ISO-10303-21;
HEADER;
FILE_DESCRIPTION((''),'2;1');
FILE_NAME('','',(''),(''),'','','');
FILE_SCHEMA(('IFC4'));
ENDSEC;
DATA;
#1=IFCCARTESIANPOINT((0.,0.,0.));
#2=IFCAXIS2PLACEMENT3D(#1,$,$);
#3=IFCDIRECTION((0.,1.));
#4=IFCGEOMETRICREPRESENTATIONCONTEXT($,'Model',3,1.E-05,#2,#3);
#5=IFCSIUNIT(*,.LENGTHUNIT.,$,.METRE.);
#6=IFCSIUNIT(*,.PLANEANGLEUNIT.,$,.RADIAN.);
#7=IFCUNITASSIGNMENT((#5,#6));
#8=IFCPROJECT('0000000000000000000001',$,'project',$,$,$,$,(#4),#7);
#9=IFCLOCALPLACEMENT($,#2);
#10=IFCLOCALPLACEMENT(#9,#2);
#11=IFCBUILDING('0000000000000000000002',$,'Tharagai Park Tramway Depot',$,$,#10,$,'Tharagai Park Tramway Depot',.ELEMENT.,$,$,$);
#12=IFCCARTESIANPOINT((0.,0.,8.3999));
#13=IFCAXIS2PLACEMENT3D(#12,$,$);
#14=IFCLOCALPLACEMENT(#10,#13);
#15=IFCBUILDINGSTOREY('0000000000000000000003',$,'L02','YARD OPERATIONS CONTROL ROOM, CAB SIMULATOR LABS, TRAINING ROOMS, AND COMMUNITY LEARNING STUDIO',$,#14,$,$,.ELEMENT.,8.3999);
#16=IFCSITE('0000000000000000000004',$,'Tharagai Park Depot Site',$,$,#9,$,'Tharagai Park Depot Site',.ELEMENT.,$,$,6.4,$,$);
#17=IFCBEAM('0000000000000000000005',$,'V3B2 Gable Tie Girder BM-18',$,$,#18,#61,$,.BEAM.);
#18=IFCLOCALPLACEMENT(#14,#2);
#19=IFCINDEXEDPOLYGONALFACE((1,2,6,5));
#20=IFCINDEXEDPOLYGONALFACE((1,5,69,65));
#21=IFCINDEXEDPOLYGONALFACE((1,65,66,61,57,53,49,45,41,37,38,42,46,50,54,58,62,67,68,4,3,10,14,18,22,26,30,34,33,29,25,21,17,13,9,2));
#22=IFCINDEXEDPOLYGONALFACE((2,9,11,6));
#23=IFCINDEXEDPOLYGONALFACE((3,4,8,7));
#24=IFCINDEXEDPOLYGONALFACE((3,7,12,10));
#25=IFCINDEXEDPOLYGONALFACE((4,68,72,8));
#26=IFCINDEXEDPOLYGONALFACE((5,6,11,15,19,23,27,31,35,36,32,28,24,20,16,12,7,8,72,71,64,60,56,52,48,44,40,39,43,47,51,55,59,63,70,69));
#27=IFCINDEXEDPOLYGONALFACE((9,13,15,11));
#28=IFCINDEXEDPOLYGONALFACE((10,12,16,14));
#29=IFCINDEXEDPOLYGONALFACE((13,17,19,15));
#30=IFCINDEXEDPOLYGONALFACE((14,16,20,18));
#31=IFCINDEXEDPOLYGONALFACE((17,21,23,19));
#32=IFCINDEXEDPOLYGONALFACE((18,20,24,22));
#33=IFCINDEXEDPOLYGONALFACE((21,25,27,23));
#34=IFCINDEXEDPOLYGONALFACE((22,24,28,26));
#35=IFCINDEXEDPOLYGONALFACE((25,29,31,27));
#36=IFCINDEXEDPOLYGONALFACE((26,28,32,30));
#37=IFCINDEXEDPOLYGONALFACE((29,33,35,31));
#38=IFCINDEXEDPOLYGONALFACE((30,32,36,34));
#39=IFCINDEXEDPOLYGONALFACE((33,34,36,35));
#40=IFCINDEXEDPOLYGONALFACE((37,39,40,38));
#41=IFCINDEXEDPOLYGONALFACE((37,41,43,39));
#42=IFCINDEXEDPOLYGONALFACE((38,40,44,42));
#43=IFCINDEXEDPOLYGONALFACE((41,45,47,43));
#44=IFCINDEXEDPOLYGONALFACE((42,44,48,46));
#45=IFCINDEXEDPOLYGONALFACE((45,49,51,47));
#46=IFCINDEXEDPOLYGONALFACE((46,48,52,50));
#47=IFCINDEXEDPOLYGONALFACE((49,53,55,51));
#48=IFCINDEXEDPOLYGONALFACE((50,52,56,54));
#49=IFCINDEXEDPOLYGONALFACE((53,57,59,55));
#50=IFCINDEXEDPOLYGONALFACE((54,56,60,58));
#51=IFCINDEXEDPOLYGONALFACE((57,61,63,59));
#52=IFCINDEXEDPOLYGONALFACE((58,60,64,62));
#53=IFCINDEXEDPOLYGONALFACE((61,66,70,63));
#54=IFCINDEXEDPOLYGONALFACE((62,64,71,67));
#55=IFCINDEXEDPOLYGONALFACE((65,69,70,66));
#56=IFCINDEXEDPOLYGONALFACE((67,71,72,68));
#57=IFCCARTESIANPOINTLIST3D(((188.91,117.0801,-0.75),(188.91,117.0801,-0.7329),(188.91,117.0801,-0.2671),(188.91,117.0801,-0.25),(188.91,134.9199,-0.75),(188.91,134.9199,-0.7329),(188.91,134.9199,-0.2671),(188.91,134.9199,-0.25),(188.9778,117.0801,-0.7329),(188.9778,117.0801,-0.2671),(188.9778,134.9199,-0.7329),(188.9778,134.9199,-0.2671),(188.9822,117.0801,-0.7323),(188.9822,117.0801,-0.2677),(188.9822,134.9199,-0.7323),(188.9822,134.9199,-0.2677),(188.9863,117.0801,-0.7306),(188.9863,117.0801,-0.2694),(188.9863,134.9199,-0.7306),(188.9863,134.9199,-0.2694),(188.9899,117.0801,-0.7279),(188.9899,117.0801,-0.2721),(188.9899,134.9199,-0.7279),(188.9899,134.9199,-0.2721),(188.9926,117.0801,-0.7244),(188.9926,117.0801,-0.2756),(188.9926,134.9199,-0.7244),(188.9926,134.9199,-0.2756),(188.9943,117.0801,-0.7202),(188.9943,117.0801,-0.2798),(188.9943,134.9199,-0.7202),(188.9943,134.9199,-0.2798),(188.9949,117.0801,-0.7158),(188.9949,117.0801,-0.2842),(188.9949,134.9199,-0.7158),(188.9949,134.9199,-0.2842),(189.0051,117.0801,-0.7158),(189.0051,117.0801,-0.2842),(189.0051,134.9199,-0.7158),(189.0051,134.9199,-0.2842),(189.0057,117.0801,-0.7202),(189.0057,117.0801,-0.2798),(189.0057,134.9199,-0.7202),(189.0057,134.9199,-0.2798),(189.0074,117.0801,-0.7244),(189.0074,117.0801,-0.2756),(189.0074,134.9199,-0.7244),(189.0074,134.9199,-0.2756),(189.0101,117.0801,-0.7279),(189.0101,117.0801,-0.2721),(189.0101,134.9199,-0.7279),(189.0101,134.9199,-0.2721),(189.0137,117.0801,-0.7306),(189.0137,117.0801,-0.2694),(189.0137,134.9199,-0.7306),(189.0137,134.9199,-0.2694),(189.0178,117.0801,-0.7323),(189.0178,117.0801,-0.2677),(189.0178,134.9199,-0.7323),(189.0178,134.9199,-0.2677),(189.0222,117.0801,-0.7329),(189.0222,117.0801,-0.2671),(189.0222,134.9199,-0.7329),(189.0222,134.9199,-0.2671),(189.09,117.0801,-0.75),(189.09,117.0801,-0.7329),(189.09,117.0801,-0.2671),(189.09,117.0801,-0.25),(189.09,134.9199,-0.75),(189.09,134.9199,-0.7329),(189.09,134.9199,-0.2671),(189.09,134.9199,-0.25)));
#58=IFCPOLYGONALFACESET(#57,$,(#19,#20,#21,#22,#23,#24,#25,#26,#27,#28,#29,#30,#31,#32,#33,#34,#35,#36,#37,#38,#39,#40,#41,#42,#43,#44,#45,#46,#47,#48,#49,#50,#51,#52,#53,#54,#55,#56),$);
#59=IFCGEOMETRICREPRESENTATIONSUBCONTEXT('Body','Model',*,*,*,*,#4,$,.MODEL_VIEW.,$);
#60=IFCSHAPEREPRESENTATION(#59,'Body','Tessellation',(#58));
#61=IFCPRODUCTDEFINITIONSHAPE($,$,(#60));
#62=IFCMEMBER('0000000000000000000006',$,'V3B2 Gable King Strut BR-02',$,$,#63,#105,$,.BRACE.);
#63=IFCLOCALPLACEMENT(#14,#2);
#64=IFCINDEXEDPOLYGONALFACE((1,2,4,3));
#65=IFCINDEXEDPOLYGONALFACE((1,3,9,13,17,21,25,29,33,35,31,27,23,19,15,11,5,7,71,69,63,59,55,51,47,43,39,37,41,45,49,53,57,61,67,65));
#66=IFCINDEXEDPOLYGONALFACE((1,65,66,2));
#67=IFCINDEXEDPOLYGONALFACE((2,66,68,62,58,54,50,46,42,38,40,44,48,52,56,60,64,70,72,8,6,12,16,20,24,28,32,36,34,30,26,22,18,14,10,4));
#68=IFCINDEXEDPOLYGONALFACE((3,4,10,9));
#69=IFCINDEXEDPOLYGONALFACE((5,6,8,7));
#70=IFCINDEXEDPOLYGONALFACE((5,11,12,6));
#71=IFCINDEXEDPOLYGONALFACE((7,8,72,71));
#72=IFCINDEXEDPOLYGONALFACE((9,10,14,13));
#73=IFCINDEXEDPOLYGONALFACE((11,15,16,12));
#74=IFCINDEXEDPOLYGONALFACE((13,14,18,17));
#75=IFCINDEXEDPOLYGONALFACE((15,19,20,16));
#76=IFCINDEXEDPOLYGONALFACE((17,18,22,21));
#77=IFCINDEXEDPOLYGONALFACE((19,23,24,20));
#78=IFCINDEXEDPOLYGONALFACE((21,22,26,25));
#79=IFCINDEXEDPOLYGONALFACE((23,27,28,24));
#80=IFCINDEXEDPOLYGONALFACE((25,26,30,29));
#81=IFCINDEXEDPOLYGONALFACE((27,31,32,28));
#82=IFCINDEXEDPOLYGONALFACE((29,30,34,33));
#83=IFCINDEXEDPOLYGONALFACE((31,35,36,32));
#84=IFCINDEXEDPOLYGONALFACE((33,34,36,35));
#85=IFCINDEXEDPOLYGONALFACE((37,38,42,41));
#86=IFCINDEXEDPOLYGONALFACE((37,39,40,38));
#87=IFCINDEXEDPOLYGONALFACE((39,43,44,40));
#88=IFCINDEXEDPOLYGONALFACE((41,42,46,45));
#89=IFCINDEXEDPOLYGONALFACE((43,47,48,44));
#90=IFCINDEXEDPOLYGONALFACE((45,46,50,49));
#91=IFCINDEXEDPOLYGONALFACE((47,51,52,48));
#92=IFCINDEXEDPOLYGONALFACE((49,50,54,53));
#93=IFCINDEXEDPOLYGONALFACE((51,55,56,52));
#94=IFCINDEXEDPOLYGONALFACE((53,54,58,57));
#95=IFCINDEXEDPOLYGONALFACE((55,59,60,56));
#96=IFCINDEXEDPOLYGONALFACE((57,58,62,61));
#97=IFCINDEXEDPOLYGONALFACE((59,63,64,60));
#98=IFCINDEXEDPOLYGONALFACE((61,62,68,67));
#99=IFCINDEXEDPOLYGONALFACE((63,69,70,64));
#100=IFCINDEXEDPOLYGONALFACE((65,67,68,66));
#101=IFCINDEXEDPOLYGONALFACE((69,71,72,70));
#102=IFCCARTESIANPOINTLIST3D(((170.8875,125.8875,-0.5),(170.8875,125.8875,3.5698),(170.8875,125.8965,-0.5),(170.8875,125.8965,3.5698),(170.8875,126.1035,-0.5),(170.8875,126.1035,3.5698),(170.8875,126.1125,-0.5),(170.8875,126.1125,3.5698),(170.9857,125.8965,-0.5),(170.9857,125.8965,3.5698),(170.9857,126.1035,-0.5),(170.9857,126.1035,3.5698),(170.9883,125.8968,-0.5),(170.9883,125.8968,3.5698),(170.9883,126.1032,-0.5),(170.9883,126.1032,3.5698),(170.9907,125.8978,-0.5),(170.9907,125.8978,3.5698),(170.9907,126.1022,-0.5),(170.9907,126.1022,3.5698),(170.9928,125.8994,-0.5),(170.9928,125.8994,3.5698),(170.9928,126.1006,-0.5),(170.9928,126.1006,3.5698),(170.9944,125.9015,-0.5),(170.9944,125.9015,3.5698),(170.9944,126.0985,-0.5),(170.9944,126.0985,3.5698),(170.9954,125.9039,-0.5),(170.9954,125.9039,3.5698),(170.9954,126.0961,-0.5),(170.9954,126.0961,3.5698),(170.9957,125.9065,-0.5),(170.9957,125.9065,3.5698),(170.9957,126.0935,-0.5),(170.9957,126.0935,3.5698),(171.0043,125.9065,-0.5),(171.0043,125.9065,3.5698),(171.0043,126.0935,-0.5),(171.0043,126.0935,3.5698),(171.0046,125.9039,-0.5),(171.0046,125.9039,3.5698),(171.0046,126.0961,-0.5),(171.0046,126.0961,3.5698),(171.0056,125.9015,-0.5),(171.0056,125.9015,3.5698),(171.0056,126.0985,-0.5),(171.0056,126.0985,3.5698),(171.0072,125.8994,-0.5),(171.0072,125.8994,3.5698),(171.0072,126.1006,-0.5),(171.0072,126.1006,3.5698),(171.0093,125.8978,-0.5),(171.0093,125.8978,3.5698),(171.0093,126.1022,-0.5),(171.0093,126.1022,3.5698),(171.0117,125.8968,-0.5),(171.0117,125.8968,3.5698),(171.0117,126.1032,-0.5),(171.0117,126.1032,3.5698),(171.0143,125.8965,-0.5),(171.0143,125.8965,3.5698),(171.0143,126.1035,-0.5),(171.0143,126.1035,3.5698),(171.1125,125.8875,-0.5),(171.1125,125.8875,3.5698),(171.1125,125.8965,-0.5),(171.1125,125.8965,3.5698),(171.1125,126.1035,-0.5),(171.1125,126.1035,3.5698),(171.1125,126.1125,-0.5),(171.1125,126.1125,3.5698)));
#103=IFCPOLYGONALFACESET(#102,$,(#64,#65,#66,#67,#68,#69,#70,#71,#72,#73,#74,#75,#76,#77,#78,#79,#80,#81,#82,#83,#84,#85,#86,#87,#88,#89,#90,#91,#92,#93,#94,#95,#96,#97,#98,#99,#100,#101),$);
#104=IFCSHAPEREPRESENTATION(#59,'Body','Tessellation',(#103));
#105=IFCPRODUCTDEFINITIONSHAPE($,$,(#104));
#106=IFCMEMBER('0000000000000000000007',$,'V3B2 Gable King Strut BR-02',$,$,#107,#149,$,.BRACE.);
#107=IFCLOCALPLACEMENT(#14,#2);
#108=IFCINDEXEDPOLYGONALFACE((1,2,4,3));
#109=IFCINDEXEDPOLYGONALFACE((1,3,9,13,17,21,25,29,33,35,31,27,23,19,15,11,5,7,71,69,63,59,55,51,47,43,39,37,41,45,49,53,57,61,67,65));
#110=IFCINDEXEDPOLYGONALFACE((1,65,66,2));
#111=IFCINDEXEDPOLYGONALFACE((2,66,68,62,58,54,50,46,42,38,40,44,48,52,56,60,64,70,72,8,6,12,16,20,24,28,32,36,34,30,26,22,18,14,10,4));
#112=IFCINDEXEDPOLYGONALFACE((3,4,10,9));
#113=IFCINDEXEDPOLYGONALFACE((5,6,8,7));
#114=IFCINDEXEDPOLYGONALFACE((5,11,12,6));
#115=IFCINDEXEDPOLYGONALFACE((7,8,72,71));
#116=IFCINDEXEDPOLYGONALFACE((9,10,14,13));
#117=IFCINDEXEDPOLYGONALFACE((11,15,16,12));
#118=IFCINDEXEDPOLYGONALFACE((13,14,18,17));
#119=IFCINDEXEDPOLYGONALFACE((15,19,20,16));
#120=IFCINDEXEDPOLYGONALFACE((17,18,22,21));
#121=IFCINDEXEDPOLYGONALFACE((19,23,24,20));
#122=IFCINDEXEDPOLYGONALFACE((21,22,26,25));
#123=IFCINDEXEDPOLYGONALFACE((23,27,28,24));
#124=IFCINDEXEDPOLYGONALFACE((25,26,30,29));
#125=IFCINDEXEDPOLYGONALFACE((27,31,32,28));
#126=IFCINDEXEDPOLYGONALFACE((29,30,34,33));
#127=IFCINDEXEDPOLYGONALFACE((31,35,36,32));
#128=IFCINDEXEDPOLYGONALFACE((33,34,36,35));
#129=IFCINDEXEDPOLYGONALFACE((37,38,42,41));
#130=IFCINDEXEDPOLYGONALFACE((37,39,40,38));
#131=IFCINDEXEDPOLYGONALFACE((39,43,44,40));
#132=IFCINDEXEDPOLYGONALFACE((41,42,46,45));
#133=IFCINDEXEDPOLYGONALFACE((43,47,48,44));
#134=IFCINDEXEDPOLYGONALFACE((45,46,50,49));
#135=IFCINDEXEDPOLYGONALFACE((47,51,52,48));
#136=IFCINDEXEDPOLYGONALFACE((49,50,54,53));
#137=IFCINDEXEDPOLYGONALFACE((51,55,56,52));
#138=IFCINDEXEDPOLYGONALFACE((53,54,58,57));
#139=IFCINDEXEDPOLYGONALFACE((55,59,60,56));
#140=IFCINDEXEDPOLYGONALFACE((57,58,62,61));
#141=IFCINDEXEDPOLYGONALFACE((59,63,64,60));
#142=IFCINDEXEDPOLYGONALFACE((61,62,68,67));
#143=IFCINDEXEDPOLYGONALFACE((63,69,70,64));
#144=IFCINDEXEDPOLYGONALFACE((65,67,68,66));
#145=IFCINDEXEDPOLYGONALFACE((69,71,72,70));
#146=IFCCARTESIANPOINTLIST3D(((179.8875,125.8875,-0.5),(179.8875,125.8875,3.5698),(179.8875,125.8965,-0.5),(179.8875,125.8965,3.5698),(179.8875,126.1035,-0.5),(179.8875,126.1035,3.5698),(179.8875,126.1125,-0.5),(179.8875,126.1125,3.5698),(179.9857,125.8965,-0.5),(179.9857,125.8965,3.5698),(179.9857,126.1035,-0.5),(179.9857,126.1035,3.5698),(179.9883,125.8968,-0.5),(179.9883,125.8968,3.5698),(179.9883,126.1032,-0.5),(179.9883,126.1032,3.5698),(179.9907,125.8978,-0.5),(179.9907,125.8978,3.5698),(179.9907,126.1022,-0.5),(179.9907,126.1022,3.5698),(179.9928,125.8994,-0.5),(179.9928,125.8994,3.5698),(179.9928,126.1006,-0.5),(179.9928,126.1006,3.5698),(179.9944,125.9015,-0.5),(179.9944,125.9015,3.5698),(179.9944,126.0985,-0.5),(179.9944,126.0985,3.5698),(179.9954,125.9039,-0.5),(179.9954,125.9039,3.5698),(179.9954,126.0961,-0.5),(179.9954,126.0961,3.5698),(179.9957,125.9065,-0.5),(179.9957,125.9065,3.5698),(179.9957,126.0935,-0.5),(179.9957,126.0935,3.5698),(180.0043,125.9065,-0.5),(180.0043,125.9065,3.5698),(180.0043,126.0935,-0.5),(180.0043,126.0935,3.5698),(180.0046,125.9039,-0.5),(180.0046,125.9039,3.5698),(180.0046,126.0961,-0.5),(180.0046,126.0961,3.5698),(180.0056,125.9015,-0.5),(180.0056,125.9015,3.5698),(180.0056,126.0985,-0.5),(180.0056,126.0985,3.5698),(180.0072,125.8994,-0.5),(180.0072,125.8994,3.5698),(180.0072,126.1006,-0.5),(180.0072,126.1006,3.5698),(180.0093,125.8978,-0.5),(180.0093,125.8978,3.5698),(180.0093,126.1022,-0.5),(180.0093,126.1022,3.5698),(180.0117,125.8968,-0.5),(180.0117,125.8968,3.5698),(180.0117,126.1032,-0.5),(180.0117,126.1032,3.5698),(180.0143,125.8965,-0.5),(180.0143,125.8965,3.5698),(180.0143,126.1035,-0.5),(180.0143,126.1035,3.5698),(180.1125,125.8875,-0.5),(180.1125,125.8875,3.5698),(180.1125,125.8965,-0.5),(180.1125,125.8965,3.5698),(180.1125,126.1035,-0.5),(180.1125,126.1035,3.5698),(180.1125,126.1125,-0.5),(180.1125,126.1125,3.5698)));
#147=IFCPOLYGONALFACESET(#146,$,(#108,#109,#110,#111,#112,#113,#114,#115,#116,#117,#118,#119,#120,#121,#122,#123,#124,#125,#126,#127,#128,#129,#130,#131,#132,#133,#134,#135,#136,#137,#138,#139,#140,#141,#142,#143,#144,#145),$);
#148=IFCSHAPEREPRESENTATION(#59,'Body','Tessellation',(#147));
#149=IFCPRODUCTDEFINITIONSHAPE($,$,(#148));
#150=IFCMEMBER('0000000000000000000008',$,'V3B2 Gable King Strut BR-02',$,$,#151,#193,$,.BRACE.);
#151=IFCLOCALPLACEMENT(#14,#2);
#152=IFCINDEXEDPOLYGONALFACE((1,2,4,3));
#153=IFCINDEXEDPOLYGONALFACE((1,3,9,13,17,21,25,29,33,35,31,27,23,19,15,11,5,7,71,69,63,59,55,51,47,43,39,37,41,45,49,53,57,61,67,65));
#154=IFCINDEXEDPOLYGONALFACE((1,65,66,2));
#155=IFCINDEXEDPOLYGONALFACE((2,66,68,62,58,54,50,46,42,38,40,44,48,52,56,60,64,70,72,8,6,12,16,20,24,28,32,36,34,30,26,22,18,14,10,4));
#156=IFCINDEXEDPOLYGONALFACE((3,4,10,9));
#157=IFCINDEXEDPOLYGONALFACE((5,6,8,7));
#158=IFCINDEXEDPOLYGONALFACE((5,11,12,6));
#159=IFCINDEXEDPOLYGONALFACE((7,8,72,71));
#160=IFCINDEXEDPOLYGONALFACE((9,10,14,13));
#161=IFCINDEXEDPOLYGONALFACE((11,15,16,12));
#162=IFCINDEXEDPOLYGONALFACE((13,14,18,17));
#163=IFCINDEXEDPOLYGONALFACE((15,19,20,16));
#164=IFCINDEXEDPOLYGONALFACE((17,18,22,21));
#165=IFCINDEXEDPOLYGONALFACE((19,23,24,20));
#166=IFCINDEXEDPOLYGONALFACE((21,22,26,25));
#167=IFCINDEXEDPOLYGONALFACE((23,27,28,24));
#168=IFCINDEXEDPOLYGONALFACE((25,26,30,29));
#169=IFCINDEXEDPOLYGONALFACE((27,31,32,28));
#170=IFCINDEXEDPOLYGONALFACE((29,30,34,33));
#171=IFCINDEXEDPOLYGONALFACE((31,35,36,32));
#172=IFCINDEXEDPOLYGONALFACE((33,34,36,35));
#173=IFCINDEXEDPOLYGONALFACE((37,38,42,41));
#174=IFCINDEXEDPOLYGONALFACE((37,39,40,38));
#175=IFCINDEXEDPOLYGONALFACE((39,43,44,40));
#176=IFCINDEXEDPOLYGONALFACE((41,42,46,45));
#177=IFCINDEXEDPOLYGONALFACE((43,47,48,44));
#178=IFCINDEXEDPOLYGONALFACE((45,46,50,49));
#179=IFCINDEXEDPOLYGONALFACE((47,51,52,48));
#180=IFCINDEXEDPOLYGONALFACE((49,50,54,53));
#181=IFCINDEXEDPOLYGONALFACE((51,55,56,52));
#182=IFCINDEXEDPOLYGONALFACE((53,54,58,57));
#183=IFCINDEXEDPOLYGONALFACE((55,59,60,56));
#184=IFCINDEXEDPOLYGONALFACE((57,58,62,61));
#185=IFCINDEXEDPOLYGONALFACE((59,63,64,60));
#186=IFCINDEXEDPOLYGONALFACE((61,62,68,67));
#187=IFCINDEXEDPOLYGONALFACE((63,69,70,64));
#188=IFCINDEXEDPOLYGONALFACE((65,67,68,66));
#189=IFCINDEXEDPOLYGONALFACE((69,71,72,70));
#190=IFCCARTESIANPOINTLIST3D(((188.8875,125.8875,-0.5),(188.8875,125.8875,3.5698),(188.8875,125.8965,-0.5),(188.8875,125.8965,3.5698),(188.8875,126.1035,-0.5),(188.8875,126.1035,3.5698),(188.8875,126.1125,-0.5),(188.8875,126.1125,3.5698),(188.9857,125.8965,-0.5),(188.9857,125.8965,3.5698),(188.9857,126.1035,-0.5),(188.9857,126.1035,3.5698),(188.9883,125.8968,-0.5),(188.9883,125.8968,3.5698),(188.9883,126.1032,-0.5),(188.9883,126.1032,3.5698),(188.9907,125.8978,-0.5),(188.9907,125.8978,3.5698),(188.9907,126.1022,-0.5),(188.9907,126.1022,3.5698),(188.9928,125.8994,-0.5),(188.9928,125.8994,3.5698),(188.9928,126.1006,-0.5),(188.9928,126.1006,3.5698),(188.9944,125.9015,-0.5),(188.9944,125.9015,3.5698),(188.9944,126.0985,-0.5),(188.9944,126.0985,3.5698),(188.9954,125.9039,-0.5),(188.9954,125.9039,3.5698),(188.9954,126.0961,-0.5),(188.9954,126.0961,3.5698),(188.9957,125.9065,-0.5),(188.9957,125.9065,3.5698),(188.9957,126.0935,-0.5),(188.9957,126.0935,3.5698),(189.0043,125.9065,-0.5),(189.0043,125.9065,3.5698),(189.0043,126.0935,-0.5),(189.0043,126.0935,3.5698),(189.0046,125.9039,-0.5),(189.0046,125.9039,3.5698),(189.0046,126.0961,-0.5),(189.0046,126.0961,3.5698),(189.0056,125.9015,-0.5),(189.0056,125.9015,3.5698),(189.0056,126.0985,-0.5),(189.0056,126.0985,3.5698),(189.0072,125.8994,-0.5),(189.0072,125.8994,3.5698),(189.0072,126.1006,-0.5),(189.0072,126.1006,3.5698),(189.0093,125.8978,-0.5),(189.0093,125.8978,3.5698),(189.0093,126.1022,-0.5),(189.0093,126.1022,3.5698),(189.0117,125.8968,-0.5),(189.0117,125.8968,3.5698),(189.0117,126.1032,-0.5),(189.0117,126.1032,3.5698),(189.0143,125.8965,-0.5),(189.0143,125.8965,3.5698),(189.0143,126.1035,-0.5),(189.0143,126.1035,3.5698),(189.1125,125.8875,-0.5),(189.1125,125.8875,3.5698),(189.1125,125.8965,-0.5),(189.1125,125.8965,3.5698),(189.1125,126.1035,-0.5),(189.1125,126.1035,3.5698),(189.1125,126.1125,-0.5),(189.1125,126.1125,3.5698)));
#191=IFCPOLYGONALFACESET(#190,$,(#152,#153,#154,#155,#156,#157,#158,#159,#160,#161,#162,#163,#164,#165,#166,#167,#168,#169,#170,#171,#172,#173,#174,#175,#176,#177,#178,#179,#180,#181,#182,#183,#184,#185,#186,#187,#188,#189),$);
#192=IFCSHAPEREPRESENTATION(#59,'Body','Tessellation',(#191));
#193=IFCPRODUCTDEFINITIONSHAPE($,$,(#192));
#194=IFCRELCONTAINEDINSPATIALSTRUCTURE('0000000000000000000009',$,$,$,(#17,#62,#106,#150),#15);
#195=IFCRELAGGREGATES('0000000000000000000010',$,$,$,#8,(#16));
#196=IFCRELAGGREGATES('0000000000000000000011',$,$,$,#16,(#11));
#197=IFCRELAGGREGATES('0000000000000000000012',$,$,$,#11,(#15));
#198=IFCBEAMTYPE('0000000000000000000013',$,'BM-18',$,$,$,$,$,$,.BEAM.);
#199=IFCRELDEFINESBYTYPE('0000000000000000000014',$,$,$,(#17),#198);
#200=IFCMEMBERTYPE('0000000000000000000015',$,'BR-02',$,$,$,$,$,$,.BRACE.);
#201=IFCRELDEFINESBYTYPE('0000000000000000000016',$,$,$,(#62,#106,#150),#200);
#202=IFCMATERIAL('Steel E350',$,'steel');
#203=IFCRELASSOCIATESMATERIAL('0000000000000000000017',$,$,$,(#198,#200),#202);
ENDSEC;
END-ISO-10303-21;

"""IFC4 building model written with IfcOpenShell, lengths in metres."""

from ifc_helpers import new_model, si_unit, direction, frame, origin, origin_2d, place, context, subcontext, project, spatial, i_section, extrude, material, material_profile, profile_set, type_object, element, save


model = new_model("IFC4")

# Units and contexts
model_context = context("Model", 3, precision=1e-05, world=origin(), true_north=direction((0.0, 1.0)))
body_context = subcontext(model_context, "Body", "Model", "MODEL_VIEW")
ifc_project = project(units=[si_unit("LENGTHUNIT", "METRE"), si_unit("PLANEANGLEUNIT", "RADIAN")], contexts=[model_context])

# Site, building, storey
site_placement = place(None, origin())
site = spatial("IfcSite", under=ifc_project, at=site_placement, Name="Tharagai Park Depot Site", LongName="Tharagai Park Depot Site", CompositionType="ELEMENT", RefElevation=6.4)
building_placement = place(site_placement, origin())
building = spatial("IfcBuilding", under=site, at=building_placement, Name="Tharagai Park Tramway Depot", LongName="Tharagai Park Tramway Depot", CompositionType="ELEMENT")
storey_placement = place(building_placement, frame((0.0, 0.0, 8.3999)))
storey = spatial("IfcBuildingStorey", under=building, at=storey_placement, Name="L02", Description="YARD OPERATIONS CONTROL ROOM, CAB SIMULATOR LABS, TRAINING ROOMS, AND COMMUNITY LEARNING STUDIO", CompositionType="ELEMENT", Elevation=8.3999)

# Beam
ifc_material_1 = material(Name="Steel E350", Category="steel")
ifc_material_profile_1 = material_profile(ifc_material_1, i_section(OverallWidth=0.1799, OverallDepth=0.5, WebThickness=0.0103, FlangeThickness=0.0171, FilletRadius=0.0171, at=origin_2d()), Name="ISMB 500")
ifc_profile_set_1 = profile_set([ifc_material_profile_1], Name="Steel E350")
beam_type = type_object("IfcBeamType", Name="BM-18", PredefinedType="BEAM", material=ifc_profile_set_1)
for number, where, z_axis, x_axis, name in (
    (1, (189.0, 117.0801, -0.5), (0.0, 1.0, 0.0), (-1.0, 0.0, 0.0), "V3B2 Gable Tie Girder BM-18"),
):
    element("IfcBeam", number, at=place(storey_placement, frame(where, z_axis=z_axis, x_axis=x_axis)), inside=storey, type_object=beam_type, Name=name, PredefinedType="BEAM", context=body_context, shape_type="SweptSolid", body=[
        extrude(i_section(OverallWidth=0.1799, OverallDepth=0.5, WebThickness=0.0103, FlangeThickness=0.0171, FilletRadius=0.0171, at=origin_2d()), origin(), (0.0, 0.0, 1.0), 17.8398),
    ])

# Members
ifc_material_profile_2 = material_profile(ifc_material_1, i_section(OverallWidth=0.2251, OverallDepth=0.2251, WebThickness=0.0085, FlangeThickness=0.009, FilletRadius=0.01, at=origin_2d()), Name="ISHB 225")
ifc_profile_set_2 = profile_set([ifc_material_profile_2], Name="Steel E350")
member_type_1 = type_object("IfcMemberType", Name="BR-02", PredefinedType="BRACE", material=ifc_profile_set_2)
for number, where, z_axis, x_axis, name in (
    (2, (171.0, 126.0, -0.5), (0.0, 0.0, 1.0), (1.0, 0.0, 0.0), "V3B2 Gable King Strut BR-02"),
    (3, (180.0, 126.0, -0.5), (0.0, 0.0, 1.0), (1.0, 0.0, 0.0), "V3B2 Gable King Strut BR-02"),
    (4, (189.0, 126.0, -0.5), (0.0, 0.0, 1.0), (1.0, 0.0, 0.0), "V3B2 Gable King Strut BR-02"),
):
    element("IfcMember", number, at=place(storey_placement, frame(where, z_axis=z_axis, x_axis=x_axis)), inside=storey, type_object=member_type_1, Name=name, PredefinedType="BRACE", context=body_context, shape_type="SweptSolid", body=[
        extrude(i_section(OverallWidth=0.2251, OverallDepth=0.2251, WebThickness=0.0085, FlangeThickness=0.009, FilletRadius=0.01, at=origin_2d()), origin(), (0.0, 0.0, 1.0), 4.0698),
    ])

save(model, "model.ifc")
